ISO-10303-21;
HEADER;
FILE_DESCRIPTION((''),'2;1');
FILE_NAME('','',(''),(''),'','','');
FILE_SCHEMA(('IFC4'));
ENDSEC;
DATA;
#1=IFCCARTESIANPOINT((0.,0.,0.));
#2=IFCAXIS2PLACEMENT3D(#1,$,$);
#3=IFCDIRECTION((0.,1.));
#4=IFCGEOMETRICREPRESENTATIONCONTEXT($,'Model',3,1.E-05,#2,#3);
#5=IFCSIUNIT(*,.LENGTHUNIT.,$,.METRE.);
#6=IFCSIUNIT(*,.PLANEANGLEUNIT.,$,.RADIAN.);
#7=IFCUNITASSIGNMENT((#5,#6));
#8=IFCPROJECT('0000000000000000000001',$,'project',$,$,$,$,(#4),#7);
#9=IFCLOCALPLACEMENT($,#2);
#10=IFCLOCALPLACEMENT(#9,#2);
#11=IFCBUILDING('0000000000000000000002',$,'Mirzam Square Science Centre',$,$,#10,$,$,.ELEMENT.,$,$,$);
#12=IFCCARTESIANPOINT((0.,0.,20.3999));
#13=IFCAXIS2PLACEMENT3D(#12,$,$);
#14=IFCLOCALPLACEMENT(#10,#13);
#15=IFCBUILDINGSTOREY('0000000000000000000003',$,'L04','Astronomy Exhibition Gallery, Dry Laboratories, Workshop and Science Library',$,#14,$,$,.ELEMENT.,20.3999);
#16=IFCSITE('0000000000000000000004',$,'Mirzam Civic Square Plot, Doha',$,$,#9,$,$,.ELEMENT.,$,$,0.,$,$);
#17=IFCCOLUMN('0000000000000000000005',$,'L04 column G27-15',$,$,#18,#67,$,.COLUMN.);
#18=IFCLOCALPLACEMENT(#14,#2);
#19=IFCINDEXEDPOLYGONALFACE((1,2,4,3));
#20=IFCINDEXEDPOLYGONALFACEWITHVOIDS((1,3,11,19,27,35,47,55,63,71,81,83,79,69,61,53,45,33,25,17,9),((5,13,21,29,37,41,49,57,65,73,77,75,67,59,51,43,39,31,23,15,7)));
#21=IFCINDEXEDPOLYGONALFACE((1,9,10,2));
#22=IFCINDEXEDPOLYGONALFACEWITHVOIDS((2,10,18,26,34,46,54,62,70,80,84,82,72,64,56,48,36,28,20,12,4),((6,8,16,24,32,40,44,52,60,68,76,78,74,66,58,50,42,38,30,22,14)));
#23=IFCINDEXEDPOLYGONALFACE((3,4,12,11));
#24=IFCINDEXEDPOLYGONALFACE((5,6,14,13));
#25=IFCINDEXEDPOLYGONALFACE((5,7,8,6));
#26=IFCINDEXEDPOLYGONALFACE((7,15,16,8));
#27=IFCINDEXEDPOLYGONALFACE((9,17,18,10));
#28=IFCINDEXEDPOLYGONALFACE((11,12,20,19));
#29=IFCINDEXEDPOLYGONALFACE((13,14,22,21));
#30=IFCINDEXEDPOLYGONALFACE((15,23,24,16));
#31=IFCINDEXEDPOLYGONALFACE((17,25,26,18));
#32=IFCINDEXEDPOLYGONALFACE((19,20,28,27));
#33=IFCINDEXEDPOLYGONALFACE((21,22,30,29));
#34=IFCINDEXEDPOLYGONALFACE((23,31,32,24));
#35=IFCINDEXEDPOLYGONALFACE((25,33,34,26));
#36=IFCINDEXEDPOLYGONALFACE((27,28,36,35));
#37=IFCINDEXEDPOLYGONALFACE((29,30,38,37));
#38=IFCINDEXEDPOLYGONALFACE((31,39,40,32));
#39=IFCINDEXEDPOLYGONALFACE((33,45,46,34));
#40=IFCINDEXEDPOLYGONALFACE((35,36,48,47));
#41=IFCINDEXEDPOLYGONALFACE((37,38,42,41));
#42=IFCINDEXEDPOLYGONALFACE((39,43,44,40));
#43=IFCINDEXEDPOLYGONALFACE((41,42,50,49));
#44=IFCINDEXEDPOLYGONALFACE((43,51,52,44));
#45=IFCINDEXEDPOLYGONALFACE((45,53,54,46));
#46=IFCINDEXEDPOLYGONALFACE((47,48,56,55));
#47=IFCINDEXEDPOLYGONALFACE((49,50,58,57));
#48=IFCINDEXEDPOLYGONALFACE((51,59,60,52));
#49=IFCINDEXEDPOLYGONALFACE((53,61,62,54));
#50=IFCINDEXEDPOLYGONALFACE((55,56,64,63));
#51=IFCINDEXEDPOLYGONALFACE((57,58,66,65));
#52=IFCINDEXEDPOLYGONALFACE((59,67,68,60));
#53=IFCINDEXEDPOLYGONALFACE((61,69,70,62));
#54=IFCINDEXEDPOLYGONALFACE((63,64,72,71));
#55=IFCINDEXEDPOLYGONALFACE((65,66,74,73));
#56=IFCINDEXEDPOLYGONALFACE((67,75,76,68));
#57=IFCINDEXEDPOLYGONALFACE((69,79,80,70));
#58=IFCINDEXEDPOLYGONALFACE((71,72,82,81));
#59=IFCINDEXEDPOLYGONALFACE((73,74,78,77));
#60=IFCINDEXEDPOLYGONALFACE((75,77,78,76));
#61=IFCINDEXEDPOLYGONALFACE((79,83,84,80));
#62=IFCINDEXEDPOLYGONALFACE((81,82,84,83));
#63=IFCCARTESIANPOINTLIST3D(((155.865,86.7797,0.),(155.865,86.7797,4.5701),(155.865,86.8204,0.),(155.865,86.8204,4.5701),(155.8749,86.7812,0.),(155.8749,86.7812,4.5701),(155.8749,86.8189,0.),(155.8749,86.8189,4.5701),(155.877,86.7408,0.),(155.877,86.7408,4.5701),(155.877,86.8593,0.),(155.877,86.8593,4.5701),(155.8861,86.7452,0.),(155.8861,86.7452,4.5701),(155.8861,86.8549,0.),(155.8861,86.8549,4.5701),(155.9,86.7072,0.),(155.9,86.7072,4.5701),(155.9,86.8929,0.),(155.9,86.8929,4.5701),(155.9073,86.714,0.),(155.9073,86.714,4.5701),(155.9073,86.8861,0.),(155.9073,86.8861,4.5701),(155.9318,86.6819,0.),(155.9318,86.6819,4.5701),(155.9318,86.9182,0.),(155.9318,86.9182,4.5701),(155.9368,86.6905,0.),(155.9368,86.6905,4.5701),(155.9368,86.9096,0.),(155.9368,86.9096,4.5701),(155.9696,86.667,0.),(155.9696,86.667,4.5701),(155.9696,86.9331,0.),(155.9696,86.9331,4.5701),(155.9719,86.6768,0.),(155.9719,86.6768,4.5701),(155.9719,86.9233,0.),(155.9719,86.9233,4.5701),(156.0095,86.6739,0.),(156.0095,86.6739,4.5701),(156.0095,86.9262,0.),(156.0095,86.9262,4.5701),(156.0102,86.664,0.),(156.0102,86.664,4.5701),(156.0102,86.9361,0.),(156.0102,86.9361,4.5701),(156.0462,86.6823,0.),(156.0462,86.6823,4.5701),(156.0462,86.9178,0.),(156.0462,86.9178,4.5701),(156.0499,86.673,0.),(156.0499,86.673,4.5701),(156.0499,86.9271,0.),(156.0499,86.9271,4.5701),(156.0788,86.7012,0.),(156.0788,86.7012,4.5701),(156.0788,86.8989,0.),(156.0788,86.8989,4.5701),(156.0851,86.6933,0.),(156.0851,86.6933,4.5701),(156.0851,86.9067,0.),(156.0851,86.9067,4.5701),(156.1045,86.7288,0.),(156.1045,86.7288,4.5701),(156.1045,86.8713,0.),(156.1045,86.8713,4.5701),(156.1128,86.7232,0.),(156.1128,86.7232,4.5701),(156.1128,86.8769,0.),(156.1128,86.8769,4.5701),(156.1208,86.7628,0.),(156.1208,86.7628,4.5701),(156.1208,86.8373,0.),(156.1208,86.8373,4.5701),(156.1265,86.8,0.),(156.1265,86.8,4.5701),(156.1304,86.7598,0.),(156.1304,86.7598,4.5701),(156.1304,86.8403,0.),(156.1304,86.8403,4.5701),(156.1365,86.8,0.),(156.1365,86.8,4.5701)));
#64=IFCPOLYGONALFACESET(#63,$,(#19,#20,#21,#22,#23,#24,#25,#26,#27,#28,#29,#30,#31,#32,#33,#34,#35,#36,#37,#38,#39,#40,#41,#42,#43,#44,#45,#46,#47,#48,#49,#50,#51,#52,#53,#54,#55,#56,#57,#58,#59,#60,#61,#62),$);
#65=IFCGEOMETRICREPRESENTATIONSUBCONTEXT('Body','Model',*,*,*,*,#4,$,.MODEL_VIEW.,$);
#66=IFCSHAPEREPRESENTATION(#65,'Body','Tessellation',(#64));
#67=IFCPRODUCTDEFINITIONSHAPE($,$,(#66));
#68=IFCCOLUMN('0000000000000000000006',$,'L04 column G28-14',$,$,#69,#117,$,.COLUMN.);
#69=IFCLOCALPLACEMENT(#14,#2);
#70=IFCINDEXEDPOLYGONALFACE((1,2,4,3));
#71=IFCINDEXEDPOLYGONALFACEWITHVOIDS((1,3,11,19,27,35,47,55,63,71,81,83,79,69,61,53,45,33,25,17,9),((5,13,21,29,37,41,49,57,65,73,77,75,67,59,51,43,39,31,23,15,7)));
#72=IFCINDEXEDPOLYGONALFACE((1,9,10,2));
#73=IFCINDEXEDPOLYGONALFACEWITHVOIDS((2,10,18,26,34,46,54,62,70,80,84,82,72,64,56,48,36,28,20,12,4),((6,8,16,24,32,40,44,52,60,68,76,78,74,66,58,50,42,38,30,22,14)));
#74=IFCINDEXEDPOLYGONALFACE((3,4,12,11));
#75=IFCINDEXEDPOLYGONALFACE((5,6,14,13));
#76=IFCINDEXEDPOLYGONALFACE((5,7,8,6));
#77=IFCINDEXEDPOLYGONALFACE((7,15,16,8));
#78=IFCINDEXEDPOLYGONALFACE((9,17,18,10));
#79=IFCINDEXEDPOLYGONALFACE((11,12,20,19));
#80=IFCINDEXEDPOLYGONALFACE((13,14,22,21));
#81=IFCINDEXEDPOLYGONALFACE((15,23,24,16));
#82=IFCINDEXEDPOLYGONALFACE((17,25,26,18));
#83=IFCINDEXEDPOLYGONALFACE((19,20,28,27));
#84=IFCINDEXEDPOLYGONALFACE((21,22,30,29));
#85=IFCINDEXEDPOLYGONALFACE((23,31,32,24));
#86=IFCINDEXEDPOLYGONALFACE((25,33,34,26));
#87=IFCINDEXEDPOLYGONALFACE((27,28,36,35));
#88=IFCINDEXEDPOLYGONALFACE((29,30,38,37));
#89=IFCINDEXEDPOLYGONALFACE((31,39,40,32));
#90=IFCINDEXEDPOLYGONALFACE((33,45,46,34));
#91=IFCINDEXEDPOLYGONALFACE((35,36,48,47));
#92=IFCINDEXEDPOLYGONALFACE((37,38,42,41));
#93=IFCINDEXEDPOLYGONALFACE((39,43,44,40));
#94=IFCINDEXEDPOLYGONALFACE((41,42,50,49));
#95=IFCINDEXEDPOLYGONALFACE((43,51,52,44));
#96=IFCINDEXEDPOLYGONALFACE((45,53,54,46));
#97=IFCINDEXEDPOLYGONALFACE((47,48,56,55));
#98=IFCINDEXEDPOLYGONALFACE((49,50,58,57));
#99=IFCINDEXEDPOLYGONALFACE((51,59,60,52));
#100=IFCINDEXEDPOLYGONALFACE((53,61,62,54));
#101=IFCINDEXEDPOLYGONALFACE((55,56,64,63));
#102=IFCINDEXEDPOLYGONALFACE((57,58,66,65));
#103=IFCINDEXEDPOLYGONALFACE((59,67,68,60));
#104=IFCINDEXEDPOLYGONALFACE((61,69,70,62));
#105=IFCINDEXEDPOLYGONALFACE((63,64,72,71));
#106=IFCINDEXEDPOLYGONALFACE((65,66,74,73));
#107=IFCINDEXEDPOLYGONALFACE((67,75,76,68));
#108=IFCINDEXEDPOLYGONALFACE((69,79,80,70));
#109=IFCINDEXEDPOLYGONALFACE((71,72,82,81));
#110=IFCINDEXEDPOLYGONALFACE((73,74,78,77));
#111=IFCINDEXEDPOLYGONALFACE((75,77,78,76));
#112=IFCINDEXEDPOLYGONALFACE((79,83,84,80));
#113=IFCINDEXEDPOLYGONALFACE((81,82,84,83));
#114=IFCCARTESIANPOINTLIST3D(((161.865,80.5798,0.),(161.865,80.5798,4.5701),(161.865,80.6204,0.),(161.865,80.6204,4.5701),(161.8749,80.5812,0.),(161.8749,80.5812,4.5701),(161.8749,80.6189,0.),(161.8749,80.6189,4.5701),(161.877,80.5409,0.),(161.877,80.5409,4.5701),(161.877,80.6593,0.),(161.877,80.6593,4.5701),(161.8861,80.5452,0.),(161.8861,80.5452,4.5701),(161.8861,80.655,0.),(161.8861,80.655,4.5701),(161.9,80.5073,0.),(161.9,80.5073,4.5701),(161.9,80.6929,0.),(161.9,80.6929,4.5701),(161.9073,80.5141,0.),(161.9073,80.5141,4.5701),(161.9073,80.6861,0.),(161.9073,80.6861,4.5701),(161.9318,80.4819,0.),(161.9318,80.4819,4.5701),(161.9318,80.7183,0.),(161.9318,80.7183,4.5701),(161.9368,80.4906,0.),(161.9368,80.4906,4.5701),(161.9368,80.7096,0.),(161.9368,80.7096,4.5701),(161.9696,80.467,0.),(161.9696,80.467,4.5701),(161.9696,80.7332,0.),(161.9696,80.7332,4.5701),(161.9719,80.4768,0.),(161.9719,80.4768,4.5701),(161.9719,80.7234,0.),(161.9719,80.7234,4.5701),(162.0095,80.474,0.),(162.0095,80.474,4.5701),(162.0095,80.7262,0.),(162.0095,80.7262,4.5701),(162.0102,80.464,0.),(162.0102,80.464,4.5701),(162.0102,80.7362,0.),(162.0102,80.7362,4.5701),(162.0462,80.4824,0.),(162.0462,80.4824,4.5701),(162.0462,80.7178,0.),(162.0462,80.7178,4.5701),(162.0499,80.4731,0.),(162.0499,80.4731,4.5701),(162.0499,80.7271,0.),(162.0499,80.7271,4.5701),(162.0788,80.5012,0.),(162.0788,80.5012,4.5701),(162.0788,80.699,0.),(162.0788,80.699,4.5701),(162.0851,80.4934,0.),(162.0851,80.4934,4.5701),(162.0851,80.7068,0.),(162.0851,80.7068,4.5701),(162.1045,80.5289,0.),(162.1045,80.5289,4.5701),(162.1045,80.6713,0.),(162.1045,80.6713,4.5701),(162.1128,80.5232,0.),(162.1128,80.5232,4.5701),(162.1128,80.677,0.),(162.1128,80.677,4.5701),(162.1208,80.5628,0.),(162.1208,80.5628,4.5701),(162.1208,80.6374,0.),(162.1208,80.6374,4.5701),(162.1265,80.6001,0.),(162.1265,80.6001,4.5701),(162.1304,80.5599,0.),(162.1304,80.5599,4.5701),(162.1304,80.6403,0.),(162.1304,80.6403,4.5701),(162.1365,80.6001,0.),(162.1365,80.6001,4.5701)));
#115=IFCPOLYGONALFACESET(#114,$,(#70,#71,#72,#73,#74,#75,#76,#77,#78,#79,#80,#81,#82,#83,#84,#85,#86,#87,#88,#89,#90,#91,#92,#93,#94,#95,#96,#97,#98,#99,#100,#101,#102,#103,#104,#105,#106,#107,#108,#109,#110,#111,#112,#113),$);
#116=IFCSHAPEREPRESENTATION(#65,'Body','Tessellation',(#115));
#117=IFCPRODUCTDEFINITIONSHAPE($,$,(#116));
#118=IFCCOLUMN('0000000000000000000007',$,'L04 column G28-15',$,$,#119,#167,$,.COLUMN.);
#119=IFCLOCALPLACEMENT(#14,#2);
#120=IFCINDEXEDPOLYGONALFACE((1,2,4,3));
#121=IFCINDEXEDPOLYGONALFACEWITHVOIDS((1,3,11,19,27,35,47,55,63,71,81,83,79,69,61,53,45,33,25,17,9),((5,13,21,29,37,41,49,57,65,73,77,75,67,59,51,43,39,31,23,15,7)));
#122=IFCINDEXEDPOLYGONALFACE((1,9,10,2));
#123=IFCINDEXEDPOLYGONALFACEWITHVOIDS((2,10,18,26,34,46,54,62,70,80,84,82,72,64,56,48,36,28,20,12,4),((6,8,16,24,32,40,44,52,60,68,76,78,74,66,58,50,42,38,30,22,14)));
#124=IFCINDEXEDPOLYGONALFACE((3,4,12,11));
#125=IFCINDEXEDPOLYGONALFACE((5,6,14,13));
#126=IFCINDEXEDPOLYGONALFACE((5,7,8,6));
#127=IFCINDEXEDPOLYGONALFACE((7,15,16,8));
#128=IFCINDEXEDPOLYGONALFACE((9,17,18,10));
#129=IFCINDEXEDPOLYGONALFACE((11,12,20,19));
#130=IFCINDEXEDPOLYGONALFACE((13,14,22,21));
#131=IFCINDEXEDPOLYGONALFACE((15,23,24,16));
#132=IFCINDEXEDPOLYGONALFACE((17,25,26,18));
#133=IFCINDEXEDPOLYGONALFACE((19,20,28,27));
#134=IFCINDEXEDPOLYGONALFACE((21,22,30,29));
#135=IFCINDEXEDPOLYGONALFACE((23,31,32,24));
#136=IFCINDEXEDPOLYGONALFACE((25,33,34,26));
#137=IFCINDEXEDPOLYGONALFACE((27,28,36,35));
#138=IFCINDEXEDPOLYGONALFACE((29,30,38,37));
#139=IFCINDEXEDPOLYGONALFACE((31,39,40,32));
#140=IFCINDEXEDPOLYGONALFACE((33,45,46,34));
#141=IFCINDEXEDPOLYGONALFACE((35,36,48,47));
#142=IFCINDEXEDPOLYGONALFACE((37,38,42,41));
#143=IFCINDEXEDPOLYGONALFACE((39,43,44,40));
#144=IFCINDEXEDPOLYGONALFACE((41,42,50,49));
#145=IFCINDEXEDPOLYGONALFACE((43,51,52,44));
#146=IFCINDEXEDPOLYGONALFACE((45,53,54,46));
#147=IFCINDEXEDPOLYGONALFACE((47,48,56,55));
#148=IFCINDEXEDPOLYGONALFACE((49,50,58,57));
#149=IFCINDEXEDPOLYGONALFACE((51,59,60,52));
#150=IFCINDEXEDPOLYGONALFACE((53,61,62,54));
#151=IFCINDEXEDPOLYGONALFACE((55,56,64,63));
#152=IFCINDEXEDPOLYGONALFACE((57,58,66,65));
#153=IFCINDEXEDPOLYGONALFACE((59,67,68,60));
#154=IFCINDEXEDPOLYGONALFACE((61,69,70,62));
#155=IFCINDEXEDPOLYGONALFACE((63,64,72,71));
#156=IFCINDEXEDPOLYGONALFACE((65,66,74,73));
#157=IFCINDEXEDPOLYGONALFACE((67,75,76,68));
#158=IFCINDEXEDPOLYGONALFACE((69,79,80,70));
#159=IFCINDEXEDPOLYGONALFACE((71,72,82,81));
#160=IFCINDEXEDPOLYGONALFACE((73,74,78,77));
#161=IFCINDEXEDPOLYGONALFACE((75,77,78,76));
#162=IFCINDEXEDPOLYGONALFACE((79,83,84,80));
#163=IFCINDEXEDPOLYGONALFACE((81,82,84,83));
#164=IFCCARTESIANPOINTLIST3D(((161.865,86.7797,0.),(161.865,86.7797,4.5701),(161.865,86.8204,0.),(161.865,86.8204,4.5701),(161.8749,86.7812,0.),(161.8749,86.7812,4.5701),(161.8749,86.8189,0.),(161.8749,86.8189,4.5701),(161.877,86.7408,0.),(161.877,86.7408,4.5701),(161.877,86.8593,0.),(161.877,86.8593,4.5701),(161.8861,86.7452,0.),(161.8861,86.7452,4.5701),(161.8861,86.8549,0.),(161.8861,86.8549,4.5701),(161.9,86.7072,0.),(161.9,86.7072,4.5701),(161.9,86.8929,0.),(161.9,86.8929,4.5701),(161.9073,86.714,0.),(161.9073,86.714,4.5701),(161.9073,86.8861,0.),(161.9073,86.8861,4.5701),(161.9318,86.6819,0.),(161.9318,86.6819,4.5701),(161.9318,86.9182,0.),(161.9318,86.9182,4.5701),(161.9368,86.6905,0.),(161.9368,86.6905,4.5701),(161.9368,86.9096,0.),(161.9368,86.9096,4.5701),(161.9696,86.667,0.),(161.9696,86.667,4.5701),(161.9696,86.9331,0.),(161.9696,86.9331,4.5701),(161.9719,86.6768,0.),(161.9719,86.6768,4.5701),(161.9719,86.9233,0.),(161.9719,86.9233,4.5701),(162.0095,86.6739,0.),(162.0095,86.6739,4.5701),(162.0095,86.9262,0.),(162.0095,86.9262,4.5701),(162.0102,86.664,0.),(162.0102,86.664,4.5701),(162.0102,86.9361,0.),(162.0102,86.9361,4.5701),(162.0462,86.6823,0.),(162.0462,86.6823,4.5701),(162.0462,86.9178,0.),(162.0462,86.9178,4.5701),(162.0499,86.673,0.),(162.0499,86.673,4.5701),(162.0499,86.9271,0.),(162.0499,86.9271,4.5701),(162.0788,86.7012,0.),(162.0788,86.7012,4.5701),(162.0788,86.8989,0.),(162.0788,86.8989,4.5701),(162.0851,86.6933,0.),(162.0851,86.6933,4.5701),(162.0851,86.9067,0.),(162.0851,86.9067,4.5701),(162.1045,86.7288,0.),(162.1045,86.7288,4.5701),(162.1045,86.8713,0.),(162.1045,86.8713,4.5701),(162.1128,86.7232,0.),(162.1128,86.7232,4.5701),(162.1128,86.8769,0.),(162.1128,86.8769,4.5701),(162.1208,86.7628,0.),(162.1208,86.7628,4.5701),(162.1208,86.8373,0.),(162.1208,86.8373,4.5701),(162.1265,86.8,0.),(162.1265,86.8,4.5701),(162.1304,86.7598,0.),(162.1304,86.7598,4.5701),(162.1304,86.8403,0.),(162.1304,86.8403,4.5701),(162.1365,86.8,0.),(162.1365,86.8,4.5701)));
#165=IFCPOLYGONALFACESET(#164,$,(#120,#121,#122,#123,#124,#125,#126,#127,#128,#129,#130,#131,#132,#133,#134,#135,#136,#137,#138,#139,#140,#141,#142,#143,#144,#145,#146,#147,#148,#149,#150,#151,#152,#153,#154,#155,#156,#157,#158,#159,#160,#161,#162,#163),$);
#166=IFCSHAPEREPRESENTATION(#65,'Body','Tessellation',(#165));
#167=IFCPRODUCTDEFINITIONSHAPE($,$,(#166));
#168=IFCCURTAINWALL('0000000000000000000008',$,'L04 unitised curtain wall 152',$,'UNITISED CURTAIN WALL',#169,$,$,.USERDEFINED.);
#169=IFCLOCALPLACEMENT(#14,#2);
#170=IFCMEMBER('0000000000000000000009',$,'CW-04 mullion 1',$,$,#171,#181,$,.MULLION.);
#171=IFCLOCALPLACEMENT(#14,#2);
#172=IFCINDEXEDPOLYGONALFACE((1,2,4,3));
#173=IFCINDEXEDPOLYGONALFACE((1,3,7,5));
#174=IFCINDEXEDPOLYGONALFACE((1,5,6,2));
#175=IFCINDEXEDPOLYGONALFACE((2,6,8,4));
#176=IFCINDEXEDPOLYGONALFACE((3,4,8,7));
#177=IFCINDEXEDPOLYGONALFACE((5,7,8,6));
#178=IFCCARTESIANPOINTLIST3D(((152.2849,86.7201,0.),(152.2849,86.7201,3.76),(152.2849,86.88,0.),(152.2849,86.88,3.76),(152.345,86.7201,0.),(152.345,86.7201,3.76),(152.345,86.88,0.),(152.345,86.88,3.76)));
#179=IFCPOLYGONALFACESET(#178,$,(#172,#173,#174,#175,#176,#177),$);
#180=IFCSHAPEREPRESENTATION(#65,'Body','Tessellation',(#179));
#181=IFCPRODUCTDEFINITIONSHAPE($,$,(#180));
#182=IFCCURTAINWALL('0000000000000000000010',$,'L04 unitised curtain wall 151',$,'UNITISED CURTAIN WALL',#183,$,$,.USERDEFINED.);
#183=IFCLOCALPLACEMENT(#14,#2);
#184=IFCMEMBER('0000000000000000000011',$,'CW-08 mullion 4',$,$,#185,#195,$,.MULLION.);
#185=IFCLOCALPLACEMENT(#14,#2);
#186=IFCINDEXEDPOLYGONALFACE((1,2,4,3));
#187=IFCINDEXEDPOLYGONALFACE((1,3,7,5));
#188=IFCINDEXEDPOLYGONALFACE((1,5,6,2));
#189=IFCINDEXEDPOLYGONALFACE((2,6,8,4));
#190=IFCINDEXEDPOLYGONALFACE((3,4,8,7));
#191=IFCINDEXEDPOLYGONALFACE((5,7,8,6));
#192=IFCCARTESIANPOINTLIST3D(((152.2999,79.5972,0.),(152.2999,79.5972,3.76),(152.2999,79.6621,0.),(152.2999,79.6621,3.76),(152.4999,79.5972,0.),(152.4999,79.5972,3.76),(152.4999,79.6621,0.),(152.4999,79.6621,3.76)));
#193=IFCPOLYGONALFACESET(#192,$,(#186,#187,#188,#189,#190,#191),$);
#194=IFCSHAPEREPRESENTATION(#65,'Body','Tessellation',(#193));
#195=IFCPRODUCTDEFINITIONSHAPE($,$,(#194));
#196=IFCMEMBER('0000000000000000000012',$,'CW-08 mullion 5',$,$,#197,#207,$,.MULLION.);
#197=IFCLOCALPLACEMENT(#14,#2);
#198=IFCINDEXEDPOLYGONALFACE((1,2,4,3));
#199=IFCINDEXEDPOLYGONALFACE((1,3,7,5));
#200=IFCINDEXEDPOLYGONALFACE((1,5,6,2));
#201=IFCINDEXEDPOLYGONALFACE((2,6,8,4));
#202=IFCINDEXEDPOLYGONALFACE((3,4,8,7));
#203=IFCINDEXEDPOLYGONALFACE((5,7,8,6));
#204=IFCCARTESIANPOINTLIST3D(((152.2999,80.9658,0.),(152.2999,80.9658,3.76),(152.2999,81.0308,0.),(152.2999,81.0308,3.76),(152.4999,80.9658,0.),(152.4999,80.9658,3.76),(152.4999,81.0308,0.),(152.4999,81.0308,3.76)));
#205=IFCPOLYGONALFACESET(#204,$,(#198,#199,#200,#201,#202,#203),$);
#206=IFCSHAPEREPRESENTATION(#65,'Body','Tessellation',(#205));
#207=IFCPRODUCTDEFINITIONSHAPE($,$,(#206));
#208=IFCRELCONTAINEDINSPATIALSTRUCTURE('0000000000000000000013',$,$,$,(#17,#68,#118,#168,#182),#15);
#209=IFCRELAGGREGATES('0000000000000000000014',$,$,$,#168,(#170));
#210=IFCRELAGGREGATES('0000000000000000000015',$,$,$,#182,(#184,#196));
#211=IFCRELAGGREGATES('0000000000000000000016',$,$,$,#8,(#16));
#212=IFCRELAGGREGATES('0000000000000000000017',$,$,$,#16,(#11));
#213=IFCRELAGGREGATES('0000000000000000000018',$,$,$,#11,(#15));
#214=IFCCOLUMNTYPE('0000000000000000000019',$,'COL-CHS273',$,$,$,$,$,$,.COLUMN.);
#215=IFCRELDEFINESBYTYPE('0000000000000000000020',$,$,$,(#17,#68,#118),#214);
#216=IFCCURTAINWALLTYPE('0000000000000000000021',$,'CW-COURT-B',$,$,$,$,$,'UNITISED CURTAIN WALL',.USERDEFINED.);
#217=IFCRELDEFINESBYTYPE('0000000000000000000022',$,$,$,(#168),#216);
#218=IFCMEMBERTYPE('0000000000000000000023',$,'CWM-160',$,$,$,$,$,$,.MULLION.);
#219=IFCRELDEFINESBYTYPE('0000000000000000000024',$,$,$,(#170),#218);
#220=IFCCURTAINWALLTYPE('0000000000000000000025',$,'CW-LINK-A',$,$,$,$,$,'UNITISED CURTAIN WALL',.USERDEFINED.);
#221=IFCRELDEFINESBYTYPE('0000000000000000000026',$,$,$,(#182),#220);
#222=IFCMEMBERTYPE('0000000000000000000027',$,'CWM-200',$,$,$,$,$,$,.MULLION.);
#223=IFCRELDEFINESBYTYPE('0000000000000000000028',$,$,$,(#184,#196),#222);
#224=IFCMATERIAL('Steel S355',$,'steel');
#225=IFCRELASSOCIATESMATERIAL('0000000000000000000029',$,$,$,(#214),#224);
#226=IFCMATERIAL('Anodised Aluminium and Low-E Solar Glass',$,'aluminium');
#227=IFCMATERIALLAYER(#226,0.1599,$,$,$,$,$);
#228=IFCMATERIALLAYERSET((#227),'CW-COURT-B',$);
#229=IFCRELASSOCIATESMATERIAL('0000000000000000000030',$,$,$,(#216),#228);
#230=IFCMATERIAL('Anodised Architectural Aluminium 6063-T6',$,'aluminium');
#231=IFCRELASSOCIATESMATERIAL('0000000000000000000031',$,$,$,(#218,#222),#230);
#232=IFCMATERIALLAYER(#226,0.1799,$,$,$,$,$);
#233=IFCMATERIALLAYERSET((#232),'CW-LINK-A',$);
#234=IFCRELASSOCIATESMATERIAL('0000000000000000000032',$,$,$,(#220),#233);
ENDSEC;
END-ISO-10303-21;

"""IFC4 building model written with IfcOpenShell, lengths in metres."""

from ifc_helpers import new_model, si_unit, direction, frame, origin, origin_2d, place, context, subcontext, project, spatial, rectangle, hollow_circle, extrude, material, layer, layer_set, material_profile, profile_set, type_object, element, aggregate, save


model = new_model("IFC4")

# Units and contexts
model_context = context("Model", 3, precision=1e-05, world=origin(), true_north=direction((0.0, 1.0)))
body_context = subcontext(model_context, "Body", "Model", "MODEL_VIEW")
ifc_project = project(units=[si_unit("LENGTHUNIT", "METRE"), si_unit("PLANEANGLEUNIT", "RADIAN")], contexts=[model_context])

# Site, building, storey
site_placement = place(None, origin())
site = spatial("IfcSite", under=ifc_project, at=site_placement, Name="Mirzam Civic Square Plot, Doha", CompositionType="ELEMENT", RefElevation=0.0)
building_placement = place(site_placement, origin())
building = spatial("IfcBuilding", under=site, at=building_placement, Name="Mirzam Square Science Centre", CompositionType="ELEMENT")
storey_placement = place(building_placement, frame((0.0, 0.0, 20.3999)))
storey = spatial("IfcBuildingStorey", under=building, at=storey_placement, Name="L04", Description="Astronomy Exhibition Gallery, Dry Laboratories, Workshop and Science Library", CompositionType="ELEMENT", Elevation=20.3999)

# Columns
ifc_material_1 = material(Name="Steel S355", Category="steel")
ifc_material_profile_1 = material_profile(ifc_material_1, hollow_circle(Radius=0.1365, WallThickness=0.01, at=origin_2d()), Name="273.0x10.0CHS")
ifc_profile_set_1 = profile_set([ifc_material_profile_1], Name="Steel S355")
column_type = type_object("IfcColumnType", Name="COL-CHS273", PredefinedType="COLUMN", material=ifc_profile_set_1)
for number, where, z_axis, x_axis, name in (
    (1, (156.0, 86.8, 0.0), (0.0, 0.0, 1.0), (1.0, 0.0, 0.0), "L04 column G27-15"),
    (2, (162.0, 80.6001, 0.0), (0.0, 0.0, 1.0), (1.0, 0.0, 0.0), "L04 column G28-14"),
    (3, (162.0, 86.8, 0.0), (0.0, 0.0, 1.0), (1.0, 0.0, 0.0), "L04 column G28-15"),
):
    element("IfcColumn", number, at=place(storey_placement, frame(where, z_axis=z_axis, x_axis=x_axis)), inside=storey, type_object=column_type, Name=name, PredefinedType="COLUMN", context=body_context, shape_type="SweptSolid", body=[
        extrude(hollow_circle(Radius=0.1365, WallThickness=0.01, at=origin_2d()), origin(), (0.0, 0.0, 1.0), 4.5701),
    ])

# Curtain wall, member
ifc_material_2 = material(Name="Anodised Aluminium and Low-E Solar Glass", Category="aluminium")
ifc_layer_1 = layer(ifc_material_2, 0.1599)
ifc_layer_set_1 = layer_set([ifc_layer_1], Name="CW-COURT-B")
curtain_wall_type_1 = type_object("IfcCurtainWallType", Name="CW-COURT-B", ElementType="UNITISED CURTAIN WALL", PredefinedType="USERDEFINED", material=ifc_layer_set_1)
curtain_wall_1_placement = place(storey_placement, origin())
curtain_wall_1 = element("IfcCurtainWall", 4, at=curtain_wall_1_placement, inside=storey, type_object=curtain_wall_type_1, Name="L04 unitised curtain wall 152", ObjectType="UNITISED CURTAIN WALL", PredefinedType="USERDEFINED")
ifc_material_3 = material(Name="Anodised Architectural Aluminium 6063-T6", Category="aluminium")
ifc_material_profile_2 = material_profile(ifc_material_3, rectangle(XDim=0.0601, YDim=0.1599, at=origin_2d()), Name="ALU-MULL-160x60x4")
ifc_profile_set_2 = profile_set([ifc_material_profile_2], Name="Anodised Architectural Aluminium 6063-T6")
member_type_1 = type_object("IfcMemberType", Name="CWM-160", PredefinedType="MULLION", material=ifc_profile_set_2)
member_1_placement = place(storey_placement, frame((152.3149, 86.8, 0.0), z_axis=(0.0, 0.0, 1.0), x_axis=(-1.0, 0.0, 0.0)))
member_1 = element("IfcMember", 5, at=member_1_placement, type_object=member_type_1, Name="CW-04 mullion 1", PredefinedType="MULLION", context=body_context, shape_type="SweptSolid", body=[
    extrude(rectangle(XDim=0.0601, YDim=0.1599, at=origin_2d()), origin(), (0.0, 0.0, 1.0), 3.76),
])

# Curtain wall, members
ifc_layer_2 = layer(ifc_material_2, 0.1799)
ifc_layer_set_2 = layer_set([ifc_layer_2], Name="CW-LINK-A")
curtain_wall_type_2 = type_object("IfcCurtainWallType", Name="CW-LINK-A", ElementType="UNITISED CURTAIN WALL", PredefinedType="USERDEFINED", material=ifc_layer_set_2)
curtain_wall_2_placement = place(storey_placement, origin())
curtain_wall_2 = element("IfcCurtainWall", 6, at=curtain_wall_2_placement, inside=storey, type_object=curtain_wall_type_2, Name="L04 unitised curtain wall 151", ObjectType="UNITISED CURTAIN WALL", PredefinedType="USERDEFINED")
ifc_material_profile_3 = material_profile(ifc_material_3, rectangle(XDim=0.0649, YDim=0.2, at=origin_2d()), Name="ALU-MULL-200x65x5")
ifc_profile_set_3 = profile_set([ifc_material_profile_3], Name="Anodised Architectural Aluminium 6063-T6")
member_type_2 = type_object("IfcMemberType", Name="CWM-200", PredefinedType="MULLION", material=ifc_profile_set_3)
member_2_placement = place(storey_placement, frame((152.3999, 79.6296, 0.0), z_axis=(0.0, 0.0, 1.0), x_axis=(0.0, 1.0, 0.0)))
member_2 = element("IfcMember", 7, at=member_2_placement, type_object=member_type_2, Name="CW-08 mullion 4", PredefinedType="MULLION", context=body_context, shape_type="SweptSolid", body=[
    extrude(rectangle(XDim=0.0649, YDim=0.2, at=origin_2d()), origin(), (0.0, 0.0, 1.0), 3.76),
])
member_3_placement = place(storey_placement, frame((152.3999, 80.9983, 0.0), z_axis=(0.0, 0.0, 1.0), x_axis=(0.0, 1.0, 0.0)))
member_3 = element("IfcMember", 8, at=member_3_placement, type_object=member_type_2, Name="CW-08 mullion 5", PredefinedType="MULLION", context=body_context, shape_type="SweptSolid", body=[
    extrude(rectangle(XDim=0.0649, YDim=0.2, at=origin_2d()), origin(), (0.0, 0.0, 1.0), 3.76),
])

aggregate(curtain_wall_1, [member_1])

aggregate(curtain_wall_2, [member_2, member_3])

save(model, "model.ifc")
